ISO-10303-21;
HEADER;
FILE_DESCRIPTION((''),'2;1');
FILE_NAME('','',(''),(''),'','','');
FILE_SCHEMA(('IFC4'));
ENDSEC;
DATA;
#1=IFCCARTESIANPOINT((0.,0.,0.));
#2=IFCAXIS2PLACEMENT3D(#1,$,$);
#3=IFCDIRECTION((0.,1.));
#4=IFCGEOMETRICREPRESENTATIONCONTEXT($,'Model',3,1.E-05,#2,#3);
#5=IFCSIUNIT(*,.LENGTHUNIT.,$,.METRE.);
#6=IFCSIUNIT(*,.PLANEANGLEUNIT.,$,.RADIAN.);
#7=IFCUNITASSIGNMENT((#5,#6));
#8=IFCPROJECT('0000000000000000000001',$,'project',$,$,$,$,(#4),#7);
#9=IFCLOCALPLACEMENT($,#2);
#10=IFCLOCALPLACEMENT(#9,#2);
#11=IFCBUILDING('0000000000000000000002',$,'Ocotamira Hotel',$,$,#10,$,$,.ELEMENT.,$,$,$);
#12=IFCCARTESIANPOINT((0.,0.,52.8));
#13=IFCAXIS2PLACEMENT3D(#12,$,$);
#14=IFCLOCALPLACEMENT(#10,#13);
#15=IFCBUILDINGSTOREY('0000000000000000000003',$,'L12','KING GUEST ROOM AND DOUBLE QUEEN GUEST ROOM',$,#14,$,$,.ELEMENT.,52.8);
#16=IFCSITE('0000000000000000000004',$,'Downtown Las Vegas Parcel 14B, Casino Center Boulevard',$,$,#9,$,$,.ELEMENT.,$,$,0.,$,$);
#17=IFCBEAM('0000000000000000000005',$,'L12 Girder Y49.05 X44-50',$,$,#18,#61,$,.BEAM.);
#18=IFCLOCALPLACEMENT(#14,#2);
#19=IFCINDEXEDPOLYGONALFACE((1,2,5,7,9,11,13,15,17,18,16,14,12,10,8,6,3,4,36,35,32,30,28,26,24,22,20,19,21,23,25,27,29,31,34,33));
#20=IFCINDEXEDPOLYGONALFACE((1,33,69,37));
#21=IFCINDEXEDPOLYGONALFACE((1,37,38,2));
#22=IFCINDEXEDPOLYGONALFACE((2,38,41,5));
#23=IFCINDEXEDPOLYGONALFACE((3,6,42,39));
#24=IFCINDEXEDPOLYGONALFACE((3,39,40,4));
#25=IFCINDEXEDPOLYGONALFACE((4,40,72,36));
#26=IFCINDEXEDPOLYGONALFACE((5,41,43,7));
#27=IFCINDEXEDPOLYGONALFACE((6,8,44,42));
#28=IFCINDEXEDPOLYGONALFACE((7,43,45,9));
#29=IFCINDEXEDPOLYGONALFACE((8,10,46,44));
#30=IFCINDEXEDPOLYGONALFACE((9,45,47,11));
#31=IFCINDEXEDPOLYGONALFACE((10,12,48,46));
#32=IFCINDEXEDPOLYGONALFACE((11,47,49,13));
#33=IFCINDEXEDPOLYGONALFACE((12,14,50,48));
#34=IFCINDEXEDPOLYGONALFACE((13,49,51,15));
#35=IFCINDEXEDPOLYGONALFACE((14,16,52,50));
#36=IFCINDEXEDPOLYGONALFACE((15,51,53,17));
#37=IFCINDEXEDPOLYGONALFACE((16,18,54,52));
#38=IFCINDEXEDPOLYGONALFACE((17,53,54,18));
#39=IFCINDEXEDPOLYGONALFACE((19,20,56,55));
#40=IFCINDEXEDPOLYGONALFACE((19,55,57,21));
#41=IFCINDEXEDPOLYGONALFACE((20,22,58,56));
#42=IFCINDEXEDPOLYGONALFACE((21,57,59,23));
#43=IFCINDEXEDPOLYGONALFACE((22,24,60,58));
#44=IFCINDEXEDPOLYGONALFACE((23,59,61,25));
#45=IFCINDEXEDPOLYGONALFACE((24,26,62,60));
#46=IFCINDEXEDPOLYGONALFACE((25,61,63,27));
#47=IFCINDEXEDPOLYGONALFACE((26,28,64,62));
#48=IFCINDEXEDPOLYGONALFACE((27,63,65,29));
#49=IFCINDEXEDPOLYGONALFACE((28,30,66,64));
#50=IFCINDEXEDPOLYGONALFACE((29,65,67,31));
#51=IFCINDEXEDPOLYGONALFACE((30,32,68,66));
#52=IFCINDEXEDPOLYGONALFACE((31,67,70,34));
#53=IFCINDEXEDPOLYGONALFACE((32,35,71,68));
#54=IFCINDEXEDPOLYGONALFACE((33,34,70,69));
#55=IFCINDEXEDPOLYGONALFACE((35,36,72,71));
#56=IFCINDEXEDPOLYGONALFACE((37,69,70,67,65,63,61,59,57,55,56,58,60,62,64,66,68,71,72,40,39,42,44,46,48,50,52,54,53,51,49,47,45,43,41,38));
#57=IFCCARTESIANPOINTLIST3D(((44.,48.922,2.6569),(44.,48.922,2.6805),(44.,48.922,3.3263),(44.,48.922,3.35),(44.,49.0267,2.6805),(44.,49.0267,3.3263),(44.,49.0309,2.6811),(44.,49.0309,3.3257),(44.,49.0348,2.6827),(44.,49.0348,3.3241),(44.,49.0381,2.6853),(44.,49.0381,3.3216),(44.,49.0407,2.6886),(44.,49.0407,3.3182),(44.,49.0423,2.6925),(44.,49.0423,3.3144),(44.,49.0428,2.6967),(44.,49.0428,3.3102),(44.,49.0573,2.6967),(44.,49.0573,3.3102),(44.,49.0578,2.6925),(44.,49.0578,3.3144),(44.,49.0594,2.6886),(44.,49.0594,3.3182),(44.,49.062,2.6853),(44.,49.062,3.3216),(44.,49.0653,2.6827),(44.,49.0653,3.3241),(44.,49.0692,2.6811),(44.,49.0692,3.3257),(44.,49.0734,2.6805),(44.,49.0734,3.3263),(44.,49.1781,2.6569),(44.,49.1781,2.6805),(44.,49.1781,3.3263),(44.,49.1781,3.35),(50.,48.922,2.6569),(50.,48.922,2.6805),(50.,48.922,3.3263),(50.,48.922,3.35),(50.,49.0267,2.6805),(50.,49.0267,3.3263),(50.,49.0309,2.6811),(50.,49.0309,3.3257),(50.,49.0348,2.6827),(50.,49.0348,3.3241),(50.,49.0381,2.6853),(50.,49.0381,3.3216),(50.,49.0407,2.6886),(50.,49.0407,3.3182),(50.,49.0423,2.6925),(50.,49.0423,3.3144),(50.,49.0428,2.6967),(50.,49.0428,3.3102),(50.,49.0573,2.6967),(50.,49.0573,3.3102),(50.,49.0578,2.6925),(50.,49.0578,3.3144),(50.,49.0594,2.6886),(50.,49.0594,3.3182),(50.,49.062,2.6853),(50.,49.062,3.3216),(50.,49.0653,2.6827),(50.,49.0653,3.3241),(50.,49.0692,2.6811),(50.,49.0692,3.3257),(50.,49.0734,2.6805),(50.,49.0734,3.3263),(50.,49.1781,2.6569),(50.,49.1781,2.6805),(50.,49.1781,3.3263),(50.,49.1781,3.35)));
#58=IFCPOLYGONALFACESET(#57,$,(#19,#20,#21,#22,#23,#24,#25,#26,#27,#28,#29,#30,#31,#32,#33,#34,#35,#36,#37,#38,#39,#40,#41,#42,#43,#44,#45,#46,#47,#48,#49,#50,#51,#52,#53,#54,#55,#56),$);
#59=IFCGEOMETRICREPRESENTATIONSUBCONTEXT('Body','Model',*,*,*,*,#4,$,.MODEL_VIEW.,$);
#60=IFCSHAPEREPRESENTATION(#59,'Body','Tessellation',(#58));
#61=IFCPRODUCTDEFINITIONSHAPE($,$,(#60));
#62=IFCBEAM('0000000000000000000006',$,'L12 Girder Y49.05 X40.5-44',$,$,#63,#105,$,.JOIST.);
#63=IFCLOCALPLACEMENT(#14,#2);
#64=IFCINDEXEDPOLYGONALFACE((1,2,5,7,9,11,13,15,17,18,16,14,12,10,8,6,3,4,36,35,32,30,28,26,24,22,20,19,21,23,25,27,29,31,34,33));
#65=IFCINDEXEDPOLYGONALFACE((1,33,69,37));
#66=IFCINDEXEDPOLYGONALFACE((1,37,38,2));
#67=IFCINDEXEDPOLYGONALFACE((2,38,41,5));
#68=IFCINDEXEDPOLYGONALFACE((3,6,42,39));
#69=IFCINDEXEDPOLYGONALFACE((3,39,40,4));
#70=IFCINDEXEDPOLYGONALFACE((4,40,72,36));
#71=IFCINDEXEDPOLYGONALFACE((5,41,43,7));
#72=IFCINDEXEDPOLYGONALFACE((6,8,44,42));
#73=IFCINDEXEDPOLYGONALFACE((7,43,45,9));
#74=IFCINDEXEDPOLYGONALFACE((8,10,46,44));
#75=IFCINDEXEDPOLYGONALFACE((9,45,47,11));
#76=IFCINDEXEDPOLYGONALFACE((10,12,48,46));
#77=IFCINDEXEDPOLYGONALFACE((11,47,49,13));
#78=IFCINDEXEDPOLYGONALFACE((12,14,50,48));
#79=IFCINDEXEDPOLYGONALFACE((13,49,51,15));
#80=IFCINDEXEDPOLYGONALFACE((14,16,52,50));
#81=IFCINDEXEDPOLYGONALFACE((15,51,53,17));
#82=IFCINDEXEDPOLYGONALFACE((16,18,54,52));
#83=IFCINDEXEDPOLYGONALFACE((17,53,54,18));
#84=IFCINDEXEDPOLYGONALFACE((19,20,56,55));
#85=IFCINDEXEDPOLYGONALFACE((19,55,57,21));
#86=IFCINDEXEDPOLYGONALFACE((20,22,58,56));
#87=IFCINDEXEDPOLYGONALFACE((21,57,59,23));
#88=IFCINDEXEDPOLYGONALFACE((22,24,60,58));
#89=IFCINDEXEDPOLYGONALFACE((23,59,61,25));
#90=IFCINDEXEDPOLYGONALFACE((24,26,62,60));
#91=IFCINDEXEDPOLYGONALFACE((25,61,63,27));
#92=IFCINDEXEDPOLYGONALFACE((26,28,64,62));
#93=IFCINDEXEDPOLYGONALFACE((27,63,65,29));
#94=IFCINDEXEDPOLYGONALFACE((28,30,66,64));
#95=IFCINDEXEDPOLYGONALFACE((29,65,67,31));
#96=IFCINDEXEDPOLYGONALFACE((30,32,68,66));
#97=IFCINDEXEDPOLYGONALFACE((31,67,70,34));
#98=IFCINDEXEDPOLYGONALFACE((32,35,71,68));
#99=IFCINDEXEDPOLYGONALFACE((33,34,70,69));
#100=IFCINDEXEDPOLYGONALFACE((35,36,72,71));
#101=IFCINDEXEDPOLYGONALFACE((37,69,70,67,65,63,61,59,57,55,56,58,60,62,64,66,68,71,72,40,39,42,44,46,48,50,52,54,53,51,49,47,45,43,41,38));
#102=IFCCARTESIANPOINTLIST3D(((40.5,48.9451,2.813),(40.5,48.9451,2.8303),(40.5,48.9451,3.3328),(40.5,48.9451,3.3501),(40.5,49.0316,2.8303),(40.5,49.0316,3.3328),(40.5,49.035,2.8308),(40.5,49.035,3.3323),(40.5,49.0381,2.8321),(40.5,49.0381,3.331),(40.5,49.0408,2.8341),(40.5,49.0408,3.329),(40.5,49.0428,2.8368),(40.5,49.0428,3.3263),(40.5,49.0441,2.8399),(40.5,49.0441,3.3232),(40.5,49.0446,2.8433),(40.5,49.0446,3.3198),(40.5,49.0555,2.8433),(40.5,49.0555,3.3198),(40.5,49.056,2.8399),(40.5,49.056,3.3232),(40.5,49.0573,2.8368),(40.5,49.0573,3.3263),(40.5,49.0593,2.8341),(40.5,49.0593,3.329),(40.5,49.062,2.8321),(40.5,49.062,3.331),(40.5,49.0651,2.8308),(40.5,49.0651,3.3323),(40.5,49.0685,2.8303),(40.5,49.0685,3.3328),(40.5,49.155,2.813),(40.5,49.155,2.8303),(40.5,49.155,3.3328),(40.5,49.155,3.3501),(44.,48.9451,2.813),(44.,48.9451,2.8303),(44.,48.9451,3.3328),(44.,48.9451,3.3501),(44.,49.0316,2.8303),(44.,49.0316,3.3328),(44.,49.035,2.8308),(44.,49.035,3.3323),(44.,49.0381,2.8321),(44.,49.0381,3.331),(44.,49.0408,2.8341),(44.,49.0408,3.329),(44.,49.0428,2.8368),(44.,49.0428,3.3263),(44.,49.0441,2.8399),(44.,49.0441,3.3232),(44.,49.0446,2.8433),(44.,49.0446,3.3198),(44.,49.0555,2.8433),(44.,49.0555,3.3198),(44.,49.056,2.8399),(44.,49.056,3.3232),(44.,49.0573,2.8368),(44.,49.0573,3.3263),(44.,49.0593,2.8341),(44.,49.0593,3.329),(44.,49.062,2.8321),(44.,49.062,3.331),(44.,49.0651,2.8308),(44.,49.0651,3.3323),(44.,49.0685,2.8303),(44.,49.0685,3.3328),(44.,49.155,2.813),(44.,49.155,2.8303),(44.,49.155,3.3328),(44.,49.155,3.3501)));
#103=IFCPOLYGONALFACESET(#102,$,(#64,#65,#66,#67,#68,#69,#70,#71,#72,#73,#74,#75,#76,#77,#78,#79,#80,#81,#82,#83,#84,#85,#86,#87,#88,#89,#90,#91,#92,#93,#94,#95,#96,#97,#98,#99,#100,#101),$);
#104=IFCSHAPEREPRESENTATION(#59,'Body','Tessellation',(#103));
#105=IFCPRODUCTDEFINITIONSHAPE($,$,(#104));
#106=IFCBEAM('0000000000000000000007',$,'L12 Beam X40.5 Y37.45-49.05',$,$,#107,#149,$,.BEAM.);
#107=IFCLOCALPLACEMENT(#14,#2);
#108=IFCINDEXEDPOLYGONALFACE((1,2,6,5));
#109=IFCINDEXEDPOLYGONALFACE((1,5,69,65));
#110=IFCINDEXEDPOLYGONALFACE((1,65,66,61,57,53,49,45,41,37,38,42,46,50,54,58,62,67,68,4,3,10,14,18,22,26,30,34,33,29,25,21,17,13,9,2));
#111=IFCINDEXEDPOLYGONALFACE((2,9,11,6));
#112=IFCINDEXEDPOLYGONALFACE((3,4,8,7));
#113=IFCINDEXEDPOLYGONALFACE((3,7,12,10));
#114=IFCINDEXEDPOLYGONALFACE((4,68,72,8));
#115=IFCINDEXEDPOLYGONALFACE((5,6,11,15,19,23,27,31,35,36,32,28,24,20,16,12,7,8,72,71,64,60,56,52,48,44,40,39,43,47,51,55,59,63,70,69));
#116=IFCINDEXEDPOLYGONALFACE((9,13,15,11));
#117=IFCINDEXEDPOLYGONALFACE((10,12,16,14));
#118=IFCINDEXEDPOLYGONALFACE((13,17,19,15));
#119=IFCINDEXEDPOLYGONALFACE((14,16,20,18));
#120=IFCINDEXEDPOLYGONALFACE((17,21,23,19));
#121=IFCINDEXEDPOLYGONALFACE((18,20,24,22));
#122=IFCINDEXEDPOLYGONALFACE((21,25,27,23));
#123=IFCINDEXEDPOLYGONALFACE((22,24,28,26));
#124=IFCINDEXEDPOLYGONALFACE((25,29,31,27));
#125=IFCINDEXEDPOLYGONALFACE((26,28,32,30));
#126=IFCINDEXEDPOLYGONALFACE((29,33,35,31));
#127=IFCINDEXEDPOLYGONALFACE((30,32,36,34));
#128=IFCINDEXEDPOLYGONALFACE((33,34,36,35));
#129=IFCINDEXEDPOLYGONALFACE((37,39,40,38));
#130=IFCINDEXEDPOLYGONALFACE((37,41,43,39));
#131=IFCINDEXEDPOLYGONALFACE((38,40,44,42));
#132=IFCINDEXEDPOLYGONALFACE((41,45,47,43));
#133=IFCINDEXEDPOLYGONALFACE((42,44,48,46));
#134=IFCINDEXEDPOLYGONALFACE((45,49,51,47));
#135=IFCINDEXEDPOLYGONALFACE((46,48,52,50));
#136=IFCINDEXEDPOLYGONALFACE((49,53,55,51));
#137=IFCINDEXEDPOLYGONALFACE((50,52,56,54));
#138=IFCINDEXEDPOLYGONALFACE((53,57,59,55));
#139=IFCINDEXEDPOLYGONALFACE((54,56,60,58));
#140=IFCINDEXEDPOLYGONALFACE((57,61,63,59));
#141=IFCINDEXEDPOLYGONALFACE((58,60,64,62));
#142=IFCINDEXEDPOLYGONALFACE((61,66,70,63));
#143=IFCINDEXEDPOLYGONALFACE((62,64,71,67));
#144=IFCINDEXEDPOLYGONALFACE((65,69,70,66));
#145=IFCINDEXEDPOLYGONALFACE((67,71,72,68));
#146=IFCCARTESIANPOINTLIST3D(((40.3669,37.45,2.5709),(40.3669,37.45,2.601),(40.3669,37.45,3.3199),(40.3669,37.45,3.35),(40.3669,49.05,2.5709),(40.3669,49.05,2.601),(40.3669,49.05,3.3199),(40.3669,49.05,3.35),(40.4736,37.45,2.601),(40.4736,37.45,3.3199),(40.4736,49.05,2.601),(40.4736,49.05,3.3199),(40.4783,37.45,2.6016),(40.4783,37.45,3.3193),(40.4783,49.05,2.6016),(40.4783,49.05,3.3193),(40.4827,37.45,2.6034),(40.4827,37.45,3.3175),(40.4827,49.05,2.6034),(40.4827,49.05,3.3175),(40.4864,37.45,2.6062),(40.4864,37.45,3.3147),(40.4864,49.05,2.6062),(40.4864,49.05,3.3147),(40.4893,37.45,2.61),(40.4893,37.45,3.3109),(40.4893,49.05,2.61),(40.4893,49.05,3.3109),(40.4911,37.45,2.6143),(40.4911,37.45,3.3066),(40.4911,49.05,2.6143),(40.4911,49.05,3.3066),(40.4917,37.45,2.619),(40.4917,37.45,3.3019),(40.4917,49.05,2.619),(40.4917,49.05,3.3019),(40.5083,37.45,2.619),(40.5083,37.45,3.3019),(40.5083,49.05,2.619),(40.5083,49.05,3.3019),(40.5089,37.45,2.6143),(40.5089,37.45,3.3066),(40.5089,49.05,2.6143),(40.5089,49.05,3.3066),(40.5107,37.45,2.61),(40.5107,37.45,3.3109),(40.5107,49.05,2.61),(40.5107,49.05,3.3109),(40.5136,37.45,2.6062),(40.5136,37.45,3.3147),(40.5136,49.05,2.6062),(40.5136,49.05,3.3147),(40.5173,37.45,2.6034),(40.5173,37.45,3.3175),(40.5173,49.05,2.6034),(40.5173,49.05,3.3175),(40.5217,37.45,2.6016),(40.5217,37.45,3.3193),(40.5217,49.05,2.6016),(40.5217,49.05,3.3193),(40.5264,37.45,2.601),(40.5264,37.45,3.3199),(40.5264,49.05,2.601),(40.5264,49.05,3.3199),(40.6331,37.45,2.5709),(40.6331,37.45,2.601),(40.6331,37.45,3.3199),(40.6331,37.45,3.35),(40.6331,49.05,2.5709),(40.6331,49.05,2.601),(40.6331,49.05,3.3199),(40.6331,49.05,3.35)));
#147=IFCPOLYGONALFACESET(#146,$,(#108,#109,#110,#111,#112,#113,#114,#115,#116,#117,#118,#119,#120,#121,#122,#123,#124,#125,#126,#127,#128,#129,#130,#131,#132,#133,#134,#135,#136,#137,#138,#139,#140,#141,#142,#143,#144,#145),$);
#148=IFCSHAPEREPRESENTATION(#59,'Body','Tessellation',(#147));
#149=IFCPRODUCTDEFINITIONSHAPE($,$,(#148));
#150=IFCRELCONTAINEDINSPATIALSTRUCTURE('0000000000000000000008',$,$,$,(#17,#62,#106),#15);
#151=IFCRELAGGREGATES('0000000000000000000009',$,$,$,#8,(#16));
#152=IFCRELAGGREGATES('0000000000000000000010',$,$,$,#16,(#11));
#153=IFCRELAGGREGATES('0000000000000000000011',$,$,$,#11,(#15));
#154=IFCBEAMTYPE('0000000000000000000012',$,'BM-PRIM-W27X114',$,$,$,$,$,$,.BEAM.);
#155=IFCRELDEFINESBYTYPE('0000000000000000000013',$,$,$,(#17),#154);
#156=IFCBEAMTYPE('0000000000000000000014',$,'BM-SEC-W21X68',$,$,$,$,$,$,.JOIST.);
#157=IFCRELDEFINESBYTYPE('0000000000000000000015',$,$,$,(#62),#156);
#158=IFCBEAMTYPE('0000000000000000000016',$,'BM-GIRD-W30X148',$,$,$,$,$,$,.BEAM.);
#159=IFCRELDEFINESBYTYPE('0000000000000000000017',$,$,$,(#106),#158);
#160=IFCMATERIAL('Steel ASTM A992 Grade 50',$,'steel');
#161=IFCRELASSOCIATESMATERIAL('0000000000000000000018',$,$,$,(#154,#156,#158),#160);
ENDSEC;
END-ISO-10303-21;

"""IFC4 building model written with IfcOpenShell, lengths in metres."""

from ifc_helpers import new_model, si_unit, direction, frame, origin, origin_2d, place, context, subcontext, project, spatial, i_section, extrude, source, transform, mapped, material, material_profile, profile_set, type_object, element, save


model = new_model("IFC4")

# Units and contexts
model_context = context("Model", 3, precision=1e-05, world=origin(), true_north=direction((0.0, 1.0)))
body_context = subcontext(model_context, "Body", "Model", "MODEL_VIEW")
ifc_project = project(units=[si_unit("LENGTHUNIT", "METRE"), si_unit("PLANEANGLEUNIT", "RADIAN")], contexts=[model_context])

# Site, building, storey
site_placement = place(None, origin())
site = spatial("IfcSite", under=ifc_project, at=site_placement, Name="Downtown Las Vegas Parcel 14B, Casino Center Boulevard", CompositionType="ELEMENT", RefElevation=0.0)
building_placement = place(site_placement, origin())
building = spatial("IfcBuilding", under=site, at=building_placement, Name="Ocotamira Hotel", CompositionType="ELEMENT")
storey_placement = place(building_placement, frame((0.0, 0.0, 52.8)))
storey = spatial("IfcBuildingStorey", under=building, at=storey_placement, Name="L12", Description="KING GUEST ROOM AND DOUBLE QUEEN GUEST ROOM", CompositionType="ELEMENT", Elevation=52.8)

# Beams
ifc_material_1 = material(Name="Steel ASTM A992 Grade 50", Category="steel")
ifc_material_profile_1 = material_profile(ifc_material_1, i_section(OverallWidth=0.2561, OverallDepth=0.6931, WebThickness=0.0144, FlangeThickness=0.0237, FilletRadius=0.0161, at=origin_2d()), Name="W27X114")
ifc_profile_set_1 = profile_set([ifc_material_profile_1], Name="Steel ASTM A992 Grade 50")
beam_type_1 = type_object("IfcBeamType", Name="BM-PRIM-W27X114", PredefinedType="BEAM", material=ifc_profile_set_1)
shared_shape_1 = source(origin(), body_context, "Body", "SweptSolid", [
    extrude(i_section(OverallWidth=0.2561, OverallDepth=0.6931, WebThickness=0.0144, FlangeThickness=0.0237, FilletRadius=0.0161, at=origin_2d()), origin(), (0.0, 0.0, 1.0), 6.0),
])
beam_1_placement = place(storey_placement, frame((44.0, 49.05, 3.0034), z_axis=(1.0, 0.0, 0.0), x_axis=(0.0, 1.0, 0.0)))
element("IfcBeam", 1, at=beam_1_placement, inside=storey, type_object=beam_type_1, Name="L12 Girder Y49.05 X44-50", PredefinedType="BEAM", context=body_context, shape_type="MappedRepresentation", body=[
    mapped(shared_shape_1, transform((0.0, 0.0, 0.0), scale=1.0)),
])
ifc_material_profile_2 = material_profile(ifc_material_1, i_section(OverallWidth=0.21, OverallDepth=0.5371, WebThickness=0.011, FlangeThickness=0.0173, FilletRadius=0.0129, at=origin_2d()), Name="W21X68")
ifc_profile_set_2 = profile_set([ifc_material_profile_2], Name="Steel ASTM A992 Grade 50")
beam_type_2 = type_object("IfcBeamType", Name="BM-SEC-W21X68", PredefinedType="JOIST", material=ifc_profile_set_2)
shared_shape_2 = source(origin(), body_context, "Body", "SweptSolid", [
    extrude(i_section(OverallWidth=0.21, OverallDepth=0.5371, WebThickness=0.011, FlangeThickness=0.0173, FilletRadius=0.0129, at=origin_2d()), origin(), (0.0, 0.0, 1.0), 3.5),
])
beam_2_placement = place(storey_placement, frame((40.5, 49.05, 3.0815), z_axis=(1.0, 0.0, 0.0), x_axis=(0.0, 1.0, 0.0)))
element("IfcBeam", 2, at=beam_2_placement, inside=storey, type_object=beam_type_2, Name="L12 Girder Y49.05 X40.5-44", PredefinedType="JOIST", context=body_context, shape_type="MappedRepresentation", body=[
    mapped(shared_shape_2, transform((0.0, 0.0, 0.0), scale=1.0)),
])
ifc_material_profile_3 = material_profile(ifc_material_1, i_section(OverallWidth=0.2661, OverallDepth=0.7791, WebThickness=0.0166, FlangeThickness=0.03, FilletRadius=0.0181, at=origin_2d()), Name="W30X148")
ifc_profile_set_3 = profile_set([ifc_material_profile_3], Name="Steel ASTM A992 Grade 50")
beam_type_3 = type_object("IfcBeamType", Name="BM-GIRD-W30X148", PredefinedType="BEAM", material=ifc_profile_set_3)
shared_shape_3 = source(origin(), body_context, "Body", "SweptSolid", [
    extrude(i_section(OverallWidth=0.2661, OverallDepth=0.7791, WebThickness=0.0166, FlangeThickness=0.03, FilletRadius=0.0181, at=origin_2d()), origin(), (0.0, 0.0, 1.0), 11.6001),
])
beam_3_placement = place(storey_placement, frame((40.5, 37.45, 2.9604), z_axis=(0.0, 1.0, 0.0), x_axis=(-1.0, 0.0, 0.0)))
element("IfcBeam", 3, at=beam_3_placement, inside=storey, type_object=beam_type_3, Name="L12 Beam X40.5 Y37.45-49.05", PredefinedType="BEAM", context=body_context, shape_type="MappedRepresentation", body=[
    mapped(shared_shape_3, transform((0.0, 0.0, 0.0), scale=1.0)),
])

save(model, "model.ifc")
